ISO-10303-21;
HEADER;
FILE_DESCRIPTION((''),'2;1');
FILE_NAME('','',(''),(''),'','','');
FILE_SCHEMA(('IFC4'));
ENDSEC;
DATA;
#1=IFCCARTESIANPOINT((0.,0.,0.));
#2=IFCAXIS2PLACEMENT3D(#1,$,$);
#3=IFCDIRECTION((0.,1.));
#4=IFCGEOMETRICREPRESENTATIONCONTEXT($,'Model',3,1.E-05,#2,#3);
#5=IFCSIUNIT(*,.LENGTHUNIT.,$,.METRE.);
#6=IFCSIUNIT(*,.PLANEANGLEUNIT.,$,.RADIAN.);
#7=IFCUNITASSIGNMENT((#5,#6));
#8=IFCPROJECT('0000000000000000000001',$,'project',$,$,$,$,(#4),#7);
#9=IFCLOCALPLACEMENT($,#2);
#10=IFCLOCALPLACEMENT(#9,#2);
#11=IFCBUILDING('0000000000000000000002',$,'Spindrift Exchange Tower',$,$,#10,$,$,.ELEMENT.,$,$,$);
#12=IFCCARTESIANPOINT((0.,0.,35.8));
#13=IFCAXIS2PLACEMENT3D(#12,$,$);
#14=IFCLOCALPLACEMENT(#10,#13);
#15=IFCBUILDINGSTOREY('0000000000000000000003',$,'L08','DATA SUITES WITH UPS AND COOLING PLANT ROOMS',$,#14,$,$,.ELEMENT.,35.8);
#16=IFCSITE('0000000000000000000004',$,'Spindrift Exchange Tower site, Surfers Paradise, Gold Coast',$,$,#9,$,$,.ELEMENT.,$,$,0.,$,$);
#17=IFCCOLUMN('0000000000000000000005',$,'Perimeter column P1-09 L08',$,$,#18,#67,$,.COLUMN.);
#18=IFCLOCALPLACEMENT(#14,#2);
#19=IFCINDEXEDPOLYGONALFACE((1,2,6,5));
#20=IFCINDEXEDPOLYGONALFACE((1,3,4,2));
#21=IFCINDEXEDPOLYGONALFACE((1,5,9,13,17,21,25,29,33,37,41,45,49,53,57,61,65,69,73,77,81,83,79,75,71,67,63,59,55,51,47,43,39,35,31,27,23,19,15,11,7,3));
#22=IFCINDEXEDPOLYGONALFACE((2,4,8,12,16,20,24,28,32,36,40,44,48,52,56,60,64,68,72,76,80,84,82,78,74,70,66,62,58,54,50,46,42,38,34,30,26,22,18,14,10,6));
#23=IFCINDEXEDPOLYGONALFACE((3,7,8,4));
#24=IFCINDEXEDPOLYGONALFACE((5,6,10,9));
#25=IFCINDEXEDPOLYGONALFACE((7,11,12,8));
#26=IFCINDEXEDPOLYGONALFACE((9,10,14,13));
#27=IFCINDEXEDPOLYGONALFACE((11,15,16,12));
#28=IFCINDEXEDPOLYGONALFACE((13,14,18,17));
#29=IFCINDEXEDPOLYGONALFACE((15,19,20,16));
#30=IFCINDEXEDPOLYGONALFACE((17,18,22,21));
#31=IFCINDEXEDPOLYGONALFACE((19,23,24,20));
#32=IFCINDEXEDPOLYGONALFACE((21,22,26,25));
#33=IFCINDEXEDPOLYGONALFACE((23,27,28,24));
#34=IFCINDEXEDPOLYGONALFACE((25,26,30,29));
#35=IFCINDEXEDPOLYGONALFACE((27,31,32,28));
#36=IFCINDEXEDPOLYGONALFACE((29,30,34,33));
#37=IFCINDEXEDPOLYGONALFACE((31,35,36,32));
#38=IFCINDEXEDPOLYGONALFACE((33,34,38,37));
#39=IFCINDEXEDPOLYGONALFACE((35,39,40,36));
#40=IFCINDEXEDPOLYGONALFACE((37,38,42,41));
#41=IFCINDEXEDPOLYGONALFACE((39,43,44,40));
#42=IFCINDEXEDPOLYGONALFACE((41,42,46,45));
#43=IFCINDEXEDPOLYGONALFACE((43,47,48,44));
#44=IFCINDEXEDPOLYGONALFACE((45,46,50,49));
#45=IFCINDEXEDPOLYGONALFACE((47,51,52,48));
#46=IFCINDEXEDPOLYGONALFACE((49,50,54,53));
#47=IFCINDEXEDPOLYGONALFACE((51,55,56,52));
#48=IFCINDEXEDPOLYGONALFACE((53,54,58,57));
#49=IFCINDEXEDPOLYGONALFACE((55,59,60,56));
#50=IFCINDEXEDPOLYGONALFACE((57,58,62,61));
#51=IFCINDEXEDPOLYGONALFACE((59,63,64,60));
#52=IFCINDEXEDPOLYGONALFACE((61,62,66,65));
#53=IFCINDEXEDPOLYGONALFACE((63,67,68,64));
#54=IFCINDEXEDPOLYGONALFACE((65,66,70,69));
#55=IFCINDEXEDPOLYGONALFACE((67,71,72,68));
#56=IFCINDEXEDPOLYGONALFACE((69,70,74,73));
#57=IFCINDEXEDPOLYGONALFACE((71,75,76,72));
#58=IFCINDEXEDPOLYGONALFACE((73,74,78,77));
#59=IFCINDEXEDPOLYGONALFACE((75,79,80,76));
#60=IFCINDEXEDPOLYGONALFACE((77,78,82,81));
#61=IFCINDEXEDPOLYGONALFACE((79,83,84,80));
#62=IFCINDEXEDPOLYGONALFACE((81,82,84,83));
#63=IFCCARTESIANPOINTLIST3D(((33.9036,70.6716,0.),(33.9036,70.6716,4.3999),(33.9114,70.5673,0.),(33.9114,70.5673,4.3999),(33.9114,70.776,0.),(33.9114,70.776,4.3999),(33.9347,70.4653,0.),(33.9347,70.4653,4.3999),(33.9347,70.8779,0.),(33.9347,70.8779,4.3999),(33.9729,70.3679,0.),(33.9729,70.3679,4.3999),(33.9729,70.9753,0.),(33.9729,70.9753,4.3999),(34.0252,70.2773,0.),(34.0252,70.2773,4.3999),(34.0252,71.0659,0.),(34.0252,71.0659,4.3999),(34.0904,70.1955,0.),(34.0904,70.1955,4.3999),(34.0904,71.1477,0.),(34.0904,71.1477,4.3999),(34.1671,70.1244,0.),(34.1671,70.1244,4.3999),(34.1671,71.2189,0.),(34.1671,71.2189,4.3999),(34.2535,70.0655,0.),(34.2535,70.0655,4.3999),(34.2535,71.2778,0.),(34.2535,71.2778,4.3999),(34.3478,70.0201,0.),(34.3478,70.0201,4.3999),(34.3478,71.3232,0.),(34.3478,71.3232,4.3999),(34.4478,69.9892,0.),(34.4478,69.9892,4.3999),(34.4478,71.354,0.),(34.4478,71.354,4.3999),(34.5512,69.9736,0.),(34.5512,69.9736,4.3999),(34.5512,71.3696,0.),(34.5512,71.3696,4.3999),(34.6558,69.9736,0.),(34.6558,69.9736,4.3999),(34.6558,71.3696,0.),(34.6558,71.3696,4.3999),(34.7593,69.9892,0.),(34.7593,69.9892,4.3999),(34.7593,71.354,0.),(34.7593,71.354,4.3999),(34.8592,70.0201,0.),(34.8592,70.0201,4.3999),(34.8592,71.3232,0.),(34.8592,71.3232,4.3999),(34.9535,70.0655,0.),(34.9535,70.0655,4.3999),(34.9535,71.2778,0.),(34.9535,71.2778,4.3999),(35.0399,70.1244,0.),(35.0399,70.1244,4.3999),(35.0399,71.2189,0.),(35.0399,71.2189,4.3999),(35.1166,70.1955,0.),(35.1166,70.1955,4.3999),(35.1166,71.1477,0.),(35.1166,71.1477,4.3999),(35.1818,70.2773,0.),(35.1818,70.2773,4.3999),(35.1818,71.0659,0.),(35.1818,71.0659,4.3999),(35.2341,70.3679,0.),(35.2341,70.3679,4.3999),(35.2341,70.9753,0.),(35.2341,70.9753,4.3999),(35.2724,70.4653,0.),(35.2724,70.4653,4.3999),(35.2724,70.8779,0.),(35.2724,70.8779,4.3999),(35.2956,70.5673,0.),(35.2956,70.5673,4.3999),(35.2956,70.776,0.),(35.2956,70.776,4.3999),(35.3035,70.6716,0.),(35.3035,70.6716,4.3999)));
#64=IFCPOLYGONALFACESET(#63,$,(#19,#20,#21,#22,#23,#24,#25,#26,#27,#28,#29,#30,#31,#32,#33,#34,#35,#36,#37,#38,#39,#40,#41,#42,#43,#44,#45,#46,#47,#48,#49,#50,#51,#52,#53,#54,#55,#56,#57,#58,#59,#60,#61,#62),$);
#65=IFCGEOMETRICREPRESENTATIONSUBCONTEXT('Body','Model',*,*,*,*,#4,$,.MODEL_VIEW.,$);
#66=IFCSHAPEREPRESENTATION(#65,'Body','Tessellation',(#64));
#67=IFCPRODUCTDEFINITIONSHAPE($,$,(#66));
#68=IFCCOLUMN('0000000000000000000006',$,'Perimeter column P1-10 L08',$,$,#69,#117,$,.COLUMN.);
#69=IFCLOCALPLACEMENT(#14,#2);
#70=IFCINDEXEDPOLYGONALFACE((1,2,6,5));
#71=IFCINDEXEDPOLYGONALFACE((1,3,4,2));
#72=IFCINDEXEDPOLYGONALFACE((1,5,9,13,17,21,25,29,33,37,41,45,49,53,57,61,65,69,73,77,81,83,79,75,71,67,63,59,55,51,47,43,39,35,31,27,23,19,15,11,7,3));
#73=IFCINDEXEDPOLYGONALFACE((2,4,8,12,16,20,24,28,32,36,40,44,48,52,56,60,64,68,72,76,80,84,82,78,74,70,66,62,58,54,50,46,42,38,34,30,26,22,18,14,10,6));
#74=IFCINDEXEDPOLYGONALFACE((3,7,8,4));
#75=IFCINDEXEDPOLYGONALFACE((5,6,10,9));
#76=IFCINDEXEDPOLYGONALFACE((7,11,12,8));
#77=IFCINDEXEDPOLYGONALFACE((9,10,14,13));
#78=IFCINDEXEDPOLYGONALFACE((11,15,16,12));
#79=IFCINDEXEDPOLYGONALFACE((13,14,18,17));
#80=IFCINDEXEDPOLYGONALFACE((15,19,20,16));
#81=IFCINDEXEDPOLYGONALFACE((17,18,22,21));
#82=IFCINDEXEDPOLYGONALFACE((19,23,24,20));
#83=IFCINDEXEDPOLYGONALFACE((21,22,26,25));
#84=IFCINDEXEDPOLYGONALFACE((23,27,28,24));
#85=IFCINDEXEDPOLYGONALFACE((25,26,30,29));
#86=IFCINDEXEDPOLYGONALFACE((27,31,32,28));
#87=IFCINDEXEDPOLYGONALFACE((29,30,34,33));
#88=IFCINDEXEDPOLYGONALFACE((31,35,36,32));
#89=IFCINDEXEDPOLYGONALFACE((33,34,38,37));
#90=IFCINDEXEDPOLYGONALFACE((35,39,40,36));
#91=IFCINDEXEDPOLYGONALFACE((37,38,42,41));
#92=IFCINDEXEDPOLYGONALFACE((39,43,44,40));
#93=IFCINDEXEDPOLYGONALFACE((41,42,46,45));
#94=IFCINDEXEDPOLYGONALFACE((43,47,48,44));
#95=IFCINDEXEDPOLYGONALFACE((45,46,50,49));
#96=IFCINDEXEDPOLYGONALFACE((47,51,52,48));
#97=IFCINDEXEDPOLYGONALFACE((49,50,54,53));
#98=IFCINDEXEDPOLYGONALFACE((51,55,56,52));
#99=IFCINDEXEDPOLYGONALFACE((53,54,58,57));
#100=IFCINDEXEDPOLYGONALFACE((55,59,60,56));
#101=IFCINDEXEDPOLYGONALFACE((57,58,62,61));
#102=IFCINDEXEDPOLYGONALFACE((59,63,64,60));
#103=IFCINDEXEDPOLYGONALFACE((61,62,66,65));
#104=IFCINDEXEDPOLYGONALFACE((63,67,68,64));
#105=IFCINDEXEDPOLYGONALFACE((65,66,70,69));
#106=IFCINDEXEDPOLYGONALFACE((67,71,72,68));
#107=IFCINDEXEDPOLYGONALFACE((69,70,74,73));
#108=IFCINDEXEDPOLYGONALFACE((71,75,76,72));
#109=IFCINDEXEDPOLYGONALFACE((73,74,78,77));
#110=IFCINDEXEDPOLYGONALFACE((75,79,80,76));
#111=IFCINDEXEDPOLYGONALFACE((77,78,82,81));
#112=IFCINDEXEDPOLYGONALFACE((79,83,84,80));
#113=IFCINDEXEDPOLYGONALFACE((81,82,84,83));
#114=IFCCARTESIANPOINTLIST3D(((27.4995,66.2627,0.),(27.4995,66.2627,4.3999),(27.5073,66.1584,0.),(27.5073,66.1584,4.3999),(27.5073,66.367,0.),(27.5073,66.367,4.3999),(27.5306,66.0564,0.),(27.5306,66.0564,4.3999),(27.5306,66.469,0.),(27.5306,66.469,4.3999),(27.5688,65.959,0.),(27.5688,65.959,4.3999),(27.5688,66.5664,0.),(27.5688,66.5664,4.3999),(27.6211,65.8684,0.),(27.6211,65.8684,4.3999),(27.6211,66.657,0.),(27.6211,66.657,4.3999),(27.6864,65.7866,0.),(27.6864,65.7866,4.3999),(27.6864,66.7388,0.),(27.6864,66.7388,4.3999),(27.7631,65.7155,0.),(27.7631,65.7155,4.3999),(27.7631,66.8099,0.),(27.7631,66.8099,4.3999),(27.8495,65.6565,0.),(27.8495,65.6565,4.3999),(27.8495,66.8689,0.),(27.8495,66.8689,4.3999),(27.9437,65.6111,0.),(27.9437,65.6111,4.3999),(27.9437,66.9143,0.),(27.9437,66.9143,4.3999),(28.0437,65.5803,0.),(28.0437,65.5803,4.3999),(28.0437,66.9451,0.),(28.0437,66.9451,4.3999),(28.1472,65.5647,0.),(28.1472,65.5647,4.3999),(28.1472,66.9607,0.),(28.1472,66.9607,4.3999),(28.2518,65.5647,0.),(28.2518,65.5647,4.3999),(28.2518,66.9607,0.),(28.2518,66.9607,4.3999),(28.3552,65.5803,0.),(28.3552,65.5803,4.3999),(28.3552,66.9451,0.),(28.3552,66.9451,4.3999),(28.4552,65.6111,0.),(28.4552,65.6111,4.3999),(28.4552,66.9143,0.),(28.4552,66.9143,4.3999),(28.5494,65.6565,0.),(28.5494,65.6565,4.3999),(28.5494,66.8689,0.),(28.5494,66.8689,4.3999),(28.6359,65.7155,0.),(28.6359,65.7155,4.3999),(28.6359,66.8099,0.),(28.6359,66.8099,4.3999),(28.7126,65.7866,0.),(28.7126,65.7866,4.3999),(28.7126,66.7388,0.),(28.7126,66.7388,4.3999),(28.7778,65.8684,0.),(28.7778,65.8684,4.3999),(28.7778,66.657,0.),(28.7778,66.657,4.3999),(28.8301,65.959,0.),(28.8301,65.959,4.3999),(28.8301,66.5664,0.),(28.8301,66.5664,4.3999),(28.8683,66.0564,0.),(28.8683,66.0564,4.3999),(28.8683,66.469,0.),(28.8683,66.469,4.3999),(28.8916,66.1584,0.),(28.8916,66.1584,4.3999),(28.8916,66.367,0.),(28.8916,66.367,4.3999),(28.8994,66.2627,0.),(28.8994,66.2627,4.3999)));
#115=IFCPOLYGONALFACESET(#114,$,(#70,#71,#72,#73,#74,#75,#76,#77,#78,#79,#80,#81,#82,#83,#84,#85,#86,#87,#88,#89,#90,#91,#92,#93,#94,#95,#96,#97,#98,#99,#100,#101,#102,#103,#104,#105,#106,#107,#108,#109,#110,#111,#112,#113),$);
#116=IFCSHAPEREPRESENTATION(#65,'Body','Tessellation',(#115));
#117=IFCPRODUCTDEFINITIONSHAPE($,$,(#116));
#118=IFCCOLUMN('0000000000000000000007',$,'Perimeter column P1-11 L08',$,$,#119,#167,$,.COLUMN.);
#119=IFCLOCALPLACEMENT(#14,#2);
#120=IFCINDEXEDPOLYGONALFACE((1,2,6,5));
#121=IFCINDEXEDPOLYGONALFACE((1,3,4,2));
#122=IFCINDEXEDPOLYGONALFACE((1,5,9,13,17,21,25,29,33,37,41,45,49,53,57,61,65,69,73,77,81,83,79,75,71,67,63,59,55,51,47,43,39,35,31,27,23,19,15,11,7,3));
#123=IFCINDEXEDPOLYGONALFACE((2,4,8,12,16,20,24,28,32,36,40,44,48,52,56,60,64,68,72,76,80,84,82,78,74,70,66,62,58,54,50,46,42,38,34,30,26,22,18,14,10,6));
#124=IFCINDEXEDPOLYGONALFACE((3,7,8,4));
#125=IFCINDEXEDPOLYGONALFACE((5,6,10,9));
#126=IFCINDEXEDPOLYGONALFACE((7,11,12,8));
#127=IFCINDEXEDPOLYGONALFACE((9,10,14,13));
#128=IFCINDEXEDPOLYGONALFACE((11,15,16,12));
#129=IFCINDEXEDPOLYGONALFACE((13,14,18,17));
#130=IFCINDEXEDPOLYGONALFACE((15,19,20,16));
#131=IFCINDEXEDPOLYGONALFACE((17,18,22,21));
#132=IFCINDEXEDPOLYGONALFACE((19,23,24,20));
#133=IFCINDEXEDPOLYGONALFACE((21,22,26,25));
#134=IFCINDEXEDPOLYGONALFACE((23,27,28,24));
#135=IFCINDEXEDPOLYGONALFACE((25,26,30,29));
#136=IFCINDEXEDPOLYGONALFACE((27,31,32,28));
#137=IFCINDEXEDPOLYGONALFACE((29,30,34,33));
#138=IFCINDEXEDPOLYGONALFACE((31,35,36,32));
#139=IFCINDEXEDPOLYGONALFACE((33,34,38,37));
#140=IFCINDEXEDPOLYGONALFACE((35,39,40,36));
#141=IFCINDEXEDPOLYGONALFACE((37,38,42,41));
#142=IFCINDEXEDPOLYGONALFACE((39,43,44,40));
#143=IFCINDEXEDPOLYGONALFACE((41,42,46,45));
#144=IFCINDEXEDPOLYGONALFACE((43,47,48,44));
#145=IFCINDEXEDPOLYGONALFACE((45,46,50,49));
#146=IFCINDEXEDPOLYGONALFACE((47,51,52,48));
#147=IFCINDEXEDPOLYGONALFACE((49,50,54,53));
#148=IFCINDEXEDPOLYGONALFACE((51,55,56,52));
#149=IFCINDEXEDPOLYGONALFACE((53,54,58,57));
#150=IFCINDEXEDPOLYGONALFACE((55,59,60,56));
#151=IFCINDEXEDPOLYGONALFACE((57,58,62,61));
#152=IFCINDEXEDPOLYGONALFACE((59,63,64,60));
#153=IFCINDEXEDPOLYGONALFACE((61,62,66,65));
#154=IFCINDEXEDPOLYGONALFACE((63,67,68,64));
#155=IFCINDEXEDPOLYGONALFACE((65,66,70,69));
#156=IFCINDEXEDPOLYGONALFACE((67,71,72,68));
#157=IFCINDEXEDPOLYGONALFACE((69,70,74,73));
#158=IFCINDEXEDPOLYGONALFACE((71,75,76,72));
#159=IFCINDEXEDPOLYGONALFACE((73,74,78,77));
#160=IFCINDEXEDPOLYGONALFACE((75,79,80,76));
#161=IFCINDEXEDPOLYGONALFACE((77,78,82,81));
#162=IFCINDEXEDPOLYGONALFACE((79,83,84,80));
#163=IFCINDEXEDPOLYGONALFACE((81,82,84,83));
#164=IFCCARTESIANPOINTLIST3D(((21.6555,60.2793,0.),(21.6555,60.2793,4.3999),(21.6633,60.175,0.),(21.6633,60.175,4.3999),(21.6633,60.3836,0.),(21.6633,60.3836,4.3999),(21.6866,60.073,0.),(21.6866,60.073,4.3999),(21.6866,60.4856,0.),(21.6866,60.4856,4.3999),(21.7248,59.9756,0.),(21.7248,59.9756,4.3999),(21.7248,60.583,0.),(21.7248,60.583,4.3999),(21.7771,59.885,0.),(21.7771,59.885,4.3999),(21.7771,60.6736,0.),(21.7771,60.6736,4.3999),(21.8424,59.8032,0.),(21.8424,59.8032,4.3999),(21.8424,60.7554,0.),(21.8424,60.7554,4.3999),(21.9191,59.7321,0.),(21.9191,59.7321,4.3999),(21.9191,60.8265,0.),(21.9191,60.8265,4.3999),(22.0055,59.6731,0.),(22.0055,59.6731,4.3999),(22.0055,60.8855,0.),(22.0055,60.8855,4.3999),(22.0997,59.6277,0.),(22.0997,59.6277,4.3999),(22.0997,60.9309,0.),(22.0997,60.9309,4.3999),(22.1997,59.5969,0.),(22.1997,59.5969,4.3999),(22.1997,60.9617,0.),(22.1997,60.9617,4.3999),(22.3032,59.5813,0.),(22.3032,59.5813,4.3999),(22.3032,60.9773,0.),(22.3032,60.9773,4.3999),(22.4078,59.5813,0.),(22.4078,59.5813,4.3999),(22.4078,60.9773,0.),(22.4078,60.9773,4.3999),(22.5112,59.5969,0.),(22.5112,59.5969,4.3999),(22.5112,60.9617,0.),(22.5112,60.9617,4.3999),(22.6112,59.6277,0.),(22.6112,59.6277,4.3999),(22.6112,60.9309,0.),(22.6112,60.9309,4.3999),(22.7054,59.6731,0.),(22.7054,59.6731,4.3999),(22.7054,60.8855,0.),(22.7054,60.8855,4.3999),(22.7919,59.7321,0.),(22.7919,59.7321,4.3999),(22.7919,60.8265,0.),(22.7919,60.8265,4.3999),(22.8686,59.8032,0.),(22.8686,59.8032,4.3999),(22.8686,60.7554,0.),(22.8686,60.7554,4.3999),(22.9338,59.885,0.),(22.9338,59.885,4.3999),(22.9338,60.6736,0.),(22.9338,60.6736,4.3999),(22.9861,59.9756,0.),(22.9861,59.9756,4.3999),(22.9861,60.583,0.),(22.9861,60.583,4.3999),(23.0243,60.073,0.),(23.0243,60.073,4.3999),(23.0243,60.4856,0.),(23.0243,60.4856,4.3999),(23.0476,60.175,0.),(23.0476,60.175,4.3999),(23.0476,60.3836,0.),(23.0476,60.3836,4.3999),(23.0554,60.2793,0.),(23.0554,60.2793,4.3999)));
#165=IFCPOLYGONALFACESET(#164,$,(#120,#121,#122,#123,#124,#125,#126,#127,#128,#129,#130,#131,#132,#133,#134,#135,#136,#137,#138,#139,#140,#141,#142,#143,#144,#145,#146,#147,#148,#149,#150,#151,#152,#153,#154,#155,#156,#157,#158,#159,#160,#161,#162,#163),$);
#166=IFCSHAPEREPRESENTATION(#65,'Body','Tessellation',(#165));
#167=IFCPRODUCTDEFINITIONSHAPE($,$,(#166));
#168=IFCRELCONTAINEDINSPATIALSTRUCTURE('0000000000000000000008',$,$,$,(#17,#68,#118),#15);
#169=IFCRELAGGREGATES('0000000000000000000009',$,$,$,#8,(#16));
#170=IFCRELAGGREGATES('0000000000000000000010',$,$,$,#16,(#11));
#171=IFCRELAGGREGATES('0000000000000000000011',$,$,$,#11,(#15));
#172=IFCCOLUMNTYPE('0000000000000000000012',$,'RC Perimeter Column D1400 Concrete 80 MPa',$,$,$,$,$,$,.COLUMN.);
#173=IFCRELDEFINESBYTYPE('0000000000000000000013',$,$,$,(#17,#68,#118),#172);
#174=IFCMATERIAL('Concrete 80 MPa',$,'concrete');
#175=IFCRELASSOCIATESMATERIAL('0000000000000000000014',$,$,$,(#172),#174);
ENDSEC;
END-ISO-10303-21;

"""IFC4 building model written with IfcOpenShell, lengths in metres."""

from ifc_helpers import new_model, si_unit, direction, frame, origin, origin_2d, place, context, subcontext, project, spatial, circle, extrude, source, transform, mapped, material, material_profile, profile_set, type_object, element, save


model = new_model("IFC4")

# Units and contexts
model_context = context("Model", 3, precision=1e-05, world=origin(), true_north=direction((0.0, 1.0)))
body_context = subcontext(model_context, "Body", "Model", "MODEL_VIEW")
ifc_project = project(units=[si_unit("LENGTHUNIT", "METRE"), si_unit("PLANEANGLEUNIT", "RADIAN")], contexts=[model_context])

# Site, building, storey
site_placement = place(None, origin())
site = spatial("IfcSite", under=ifc_project, at=site_placement, Name="Spindrift Exchange Tower site, Surfers Paradise, Gold Coast", CompositionType="ELEMENT", RefElevation=0.0)
building_placement = place(site_placement, origin())
building = spatial("IfcBuilding", under=site, at=building_placement, Name="Spindrift Exchange Tower", CompositionType="ELEMENT")
storey_placement = place(building_placement, frame((0.0, 0.0, 35.8)))
storey = spatial("IfcBuildingStorey", under=building, at=storey_placement, Name="L08", Description="DATA SUITES WITH UPS AND COOLING PLANT ROOMS", CompositionType="ELEMENT", Elevation=35.8)

# Columns
ifc_material_1 = material(Name="Concrete 80 MPa", Category="concrete")
ifc_material_profile_1 = material_profile(ifc_material_1, circle(Radius=0.7, at=origin_2d()), Name="RC D1400")
ifc_profile_set_1 = profile_set([ifc_material_profile_1], Name="Concrete 80 MPa")
column_type = type_object("IfcColumnType", Name="RC Perimeter Column D1400 Concrete 80 MPa", PredefinedType="COLUMN", material=ifc_profile_set_1)
shared_shape_1 = source(origin(), body_context, "Body", "SweptSolid", [
    extrude(circle(Radius=0.7, at=origin_2d()), origin(), (0.0, 0.0, 1.0), 4.3999),
])
for number, where, z_axis, x_axis, name in (
    (1, (34.6035, 70.6716, 0.0), (0.0, 0.0, 1.0), (1.0, 0.0, 0.0), "Perimeter column P1-09 L08"),
    (2, (28.1995, 66.2627, 0.0), (0.0, 0.0, 1.0), (1.0, 0.0, 0.0), "Perimeter column P1-10 L08"),
    (3, (22.3555, 60.2793, 0.0), (0.0, 0.0, 1.0), (1.0, 0.0, 0.0), "Perimeter column P1-11 L08"),
):
    element("IfcColumn", number, at=place(storey_placement, frame(where, z_axis=z_axis, x_axis=x_axis)), inside=storey, type_object=column_type, Name=name, PredefinedType="COLUMN", context=body_context, shape_type="MappedRepresentation", body=[
        mapped(shared_shape_1, transform((0.0, 0.0, 0.0), scale=1.0)),
    ])

save(model, "model.ifc")
